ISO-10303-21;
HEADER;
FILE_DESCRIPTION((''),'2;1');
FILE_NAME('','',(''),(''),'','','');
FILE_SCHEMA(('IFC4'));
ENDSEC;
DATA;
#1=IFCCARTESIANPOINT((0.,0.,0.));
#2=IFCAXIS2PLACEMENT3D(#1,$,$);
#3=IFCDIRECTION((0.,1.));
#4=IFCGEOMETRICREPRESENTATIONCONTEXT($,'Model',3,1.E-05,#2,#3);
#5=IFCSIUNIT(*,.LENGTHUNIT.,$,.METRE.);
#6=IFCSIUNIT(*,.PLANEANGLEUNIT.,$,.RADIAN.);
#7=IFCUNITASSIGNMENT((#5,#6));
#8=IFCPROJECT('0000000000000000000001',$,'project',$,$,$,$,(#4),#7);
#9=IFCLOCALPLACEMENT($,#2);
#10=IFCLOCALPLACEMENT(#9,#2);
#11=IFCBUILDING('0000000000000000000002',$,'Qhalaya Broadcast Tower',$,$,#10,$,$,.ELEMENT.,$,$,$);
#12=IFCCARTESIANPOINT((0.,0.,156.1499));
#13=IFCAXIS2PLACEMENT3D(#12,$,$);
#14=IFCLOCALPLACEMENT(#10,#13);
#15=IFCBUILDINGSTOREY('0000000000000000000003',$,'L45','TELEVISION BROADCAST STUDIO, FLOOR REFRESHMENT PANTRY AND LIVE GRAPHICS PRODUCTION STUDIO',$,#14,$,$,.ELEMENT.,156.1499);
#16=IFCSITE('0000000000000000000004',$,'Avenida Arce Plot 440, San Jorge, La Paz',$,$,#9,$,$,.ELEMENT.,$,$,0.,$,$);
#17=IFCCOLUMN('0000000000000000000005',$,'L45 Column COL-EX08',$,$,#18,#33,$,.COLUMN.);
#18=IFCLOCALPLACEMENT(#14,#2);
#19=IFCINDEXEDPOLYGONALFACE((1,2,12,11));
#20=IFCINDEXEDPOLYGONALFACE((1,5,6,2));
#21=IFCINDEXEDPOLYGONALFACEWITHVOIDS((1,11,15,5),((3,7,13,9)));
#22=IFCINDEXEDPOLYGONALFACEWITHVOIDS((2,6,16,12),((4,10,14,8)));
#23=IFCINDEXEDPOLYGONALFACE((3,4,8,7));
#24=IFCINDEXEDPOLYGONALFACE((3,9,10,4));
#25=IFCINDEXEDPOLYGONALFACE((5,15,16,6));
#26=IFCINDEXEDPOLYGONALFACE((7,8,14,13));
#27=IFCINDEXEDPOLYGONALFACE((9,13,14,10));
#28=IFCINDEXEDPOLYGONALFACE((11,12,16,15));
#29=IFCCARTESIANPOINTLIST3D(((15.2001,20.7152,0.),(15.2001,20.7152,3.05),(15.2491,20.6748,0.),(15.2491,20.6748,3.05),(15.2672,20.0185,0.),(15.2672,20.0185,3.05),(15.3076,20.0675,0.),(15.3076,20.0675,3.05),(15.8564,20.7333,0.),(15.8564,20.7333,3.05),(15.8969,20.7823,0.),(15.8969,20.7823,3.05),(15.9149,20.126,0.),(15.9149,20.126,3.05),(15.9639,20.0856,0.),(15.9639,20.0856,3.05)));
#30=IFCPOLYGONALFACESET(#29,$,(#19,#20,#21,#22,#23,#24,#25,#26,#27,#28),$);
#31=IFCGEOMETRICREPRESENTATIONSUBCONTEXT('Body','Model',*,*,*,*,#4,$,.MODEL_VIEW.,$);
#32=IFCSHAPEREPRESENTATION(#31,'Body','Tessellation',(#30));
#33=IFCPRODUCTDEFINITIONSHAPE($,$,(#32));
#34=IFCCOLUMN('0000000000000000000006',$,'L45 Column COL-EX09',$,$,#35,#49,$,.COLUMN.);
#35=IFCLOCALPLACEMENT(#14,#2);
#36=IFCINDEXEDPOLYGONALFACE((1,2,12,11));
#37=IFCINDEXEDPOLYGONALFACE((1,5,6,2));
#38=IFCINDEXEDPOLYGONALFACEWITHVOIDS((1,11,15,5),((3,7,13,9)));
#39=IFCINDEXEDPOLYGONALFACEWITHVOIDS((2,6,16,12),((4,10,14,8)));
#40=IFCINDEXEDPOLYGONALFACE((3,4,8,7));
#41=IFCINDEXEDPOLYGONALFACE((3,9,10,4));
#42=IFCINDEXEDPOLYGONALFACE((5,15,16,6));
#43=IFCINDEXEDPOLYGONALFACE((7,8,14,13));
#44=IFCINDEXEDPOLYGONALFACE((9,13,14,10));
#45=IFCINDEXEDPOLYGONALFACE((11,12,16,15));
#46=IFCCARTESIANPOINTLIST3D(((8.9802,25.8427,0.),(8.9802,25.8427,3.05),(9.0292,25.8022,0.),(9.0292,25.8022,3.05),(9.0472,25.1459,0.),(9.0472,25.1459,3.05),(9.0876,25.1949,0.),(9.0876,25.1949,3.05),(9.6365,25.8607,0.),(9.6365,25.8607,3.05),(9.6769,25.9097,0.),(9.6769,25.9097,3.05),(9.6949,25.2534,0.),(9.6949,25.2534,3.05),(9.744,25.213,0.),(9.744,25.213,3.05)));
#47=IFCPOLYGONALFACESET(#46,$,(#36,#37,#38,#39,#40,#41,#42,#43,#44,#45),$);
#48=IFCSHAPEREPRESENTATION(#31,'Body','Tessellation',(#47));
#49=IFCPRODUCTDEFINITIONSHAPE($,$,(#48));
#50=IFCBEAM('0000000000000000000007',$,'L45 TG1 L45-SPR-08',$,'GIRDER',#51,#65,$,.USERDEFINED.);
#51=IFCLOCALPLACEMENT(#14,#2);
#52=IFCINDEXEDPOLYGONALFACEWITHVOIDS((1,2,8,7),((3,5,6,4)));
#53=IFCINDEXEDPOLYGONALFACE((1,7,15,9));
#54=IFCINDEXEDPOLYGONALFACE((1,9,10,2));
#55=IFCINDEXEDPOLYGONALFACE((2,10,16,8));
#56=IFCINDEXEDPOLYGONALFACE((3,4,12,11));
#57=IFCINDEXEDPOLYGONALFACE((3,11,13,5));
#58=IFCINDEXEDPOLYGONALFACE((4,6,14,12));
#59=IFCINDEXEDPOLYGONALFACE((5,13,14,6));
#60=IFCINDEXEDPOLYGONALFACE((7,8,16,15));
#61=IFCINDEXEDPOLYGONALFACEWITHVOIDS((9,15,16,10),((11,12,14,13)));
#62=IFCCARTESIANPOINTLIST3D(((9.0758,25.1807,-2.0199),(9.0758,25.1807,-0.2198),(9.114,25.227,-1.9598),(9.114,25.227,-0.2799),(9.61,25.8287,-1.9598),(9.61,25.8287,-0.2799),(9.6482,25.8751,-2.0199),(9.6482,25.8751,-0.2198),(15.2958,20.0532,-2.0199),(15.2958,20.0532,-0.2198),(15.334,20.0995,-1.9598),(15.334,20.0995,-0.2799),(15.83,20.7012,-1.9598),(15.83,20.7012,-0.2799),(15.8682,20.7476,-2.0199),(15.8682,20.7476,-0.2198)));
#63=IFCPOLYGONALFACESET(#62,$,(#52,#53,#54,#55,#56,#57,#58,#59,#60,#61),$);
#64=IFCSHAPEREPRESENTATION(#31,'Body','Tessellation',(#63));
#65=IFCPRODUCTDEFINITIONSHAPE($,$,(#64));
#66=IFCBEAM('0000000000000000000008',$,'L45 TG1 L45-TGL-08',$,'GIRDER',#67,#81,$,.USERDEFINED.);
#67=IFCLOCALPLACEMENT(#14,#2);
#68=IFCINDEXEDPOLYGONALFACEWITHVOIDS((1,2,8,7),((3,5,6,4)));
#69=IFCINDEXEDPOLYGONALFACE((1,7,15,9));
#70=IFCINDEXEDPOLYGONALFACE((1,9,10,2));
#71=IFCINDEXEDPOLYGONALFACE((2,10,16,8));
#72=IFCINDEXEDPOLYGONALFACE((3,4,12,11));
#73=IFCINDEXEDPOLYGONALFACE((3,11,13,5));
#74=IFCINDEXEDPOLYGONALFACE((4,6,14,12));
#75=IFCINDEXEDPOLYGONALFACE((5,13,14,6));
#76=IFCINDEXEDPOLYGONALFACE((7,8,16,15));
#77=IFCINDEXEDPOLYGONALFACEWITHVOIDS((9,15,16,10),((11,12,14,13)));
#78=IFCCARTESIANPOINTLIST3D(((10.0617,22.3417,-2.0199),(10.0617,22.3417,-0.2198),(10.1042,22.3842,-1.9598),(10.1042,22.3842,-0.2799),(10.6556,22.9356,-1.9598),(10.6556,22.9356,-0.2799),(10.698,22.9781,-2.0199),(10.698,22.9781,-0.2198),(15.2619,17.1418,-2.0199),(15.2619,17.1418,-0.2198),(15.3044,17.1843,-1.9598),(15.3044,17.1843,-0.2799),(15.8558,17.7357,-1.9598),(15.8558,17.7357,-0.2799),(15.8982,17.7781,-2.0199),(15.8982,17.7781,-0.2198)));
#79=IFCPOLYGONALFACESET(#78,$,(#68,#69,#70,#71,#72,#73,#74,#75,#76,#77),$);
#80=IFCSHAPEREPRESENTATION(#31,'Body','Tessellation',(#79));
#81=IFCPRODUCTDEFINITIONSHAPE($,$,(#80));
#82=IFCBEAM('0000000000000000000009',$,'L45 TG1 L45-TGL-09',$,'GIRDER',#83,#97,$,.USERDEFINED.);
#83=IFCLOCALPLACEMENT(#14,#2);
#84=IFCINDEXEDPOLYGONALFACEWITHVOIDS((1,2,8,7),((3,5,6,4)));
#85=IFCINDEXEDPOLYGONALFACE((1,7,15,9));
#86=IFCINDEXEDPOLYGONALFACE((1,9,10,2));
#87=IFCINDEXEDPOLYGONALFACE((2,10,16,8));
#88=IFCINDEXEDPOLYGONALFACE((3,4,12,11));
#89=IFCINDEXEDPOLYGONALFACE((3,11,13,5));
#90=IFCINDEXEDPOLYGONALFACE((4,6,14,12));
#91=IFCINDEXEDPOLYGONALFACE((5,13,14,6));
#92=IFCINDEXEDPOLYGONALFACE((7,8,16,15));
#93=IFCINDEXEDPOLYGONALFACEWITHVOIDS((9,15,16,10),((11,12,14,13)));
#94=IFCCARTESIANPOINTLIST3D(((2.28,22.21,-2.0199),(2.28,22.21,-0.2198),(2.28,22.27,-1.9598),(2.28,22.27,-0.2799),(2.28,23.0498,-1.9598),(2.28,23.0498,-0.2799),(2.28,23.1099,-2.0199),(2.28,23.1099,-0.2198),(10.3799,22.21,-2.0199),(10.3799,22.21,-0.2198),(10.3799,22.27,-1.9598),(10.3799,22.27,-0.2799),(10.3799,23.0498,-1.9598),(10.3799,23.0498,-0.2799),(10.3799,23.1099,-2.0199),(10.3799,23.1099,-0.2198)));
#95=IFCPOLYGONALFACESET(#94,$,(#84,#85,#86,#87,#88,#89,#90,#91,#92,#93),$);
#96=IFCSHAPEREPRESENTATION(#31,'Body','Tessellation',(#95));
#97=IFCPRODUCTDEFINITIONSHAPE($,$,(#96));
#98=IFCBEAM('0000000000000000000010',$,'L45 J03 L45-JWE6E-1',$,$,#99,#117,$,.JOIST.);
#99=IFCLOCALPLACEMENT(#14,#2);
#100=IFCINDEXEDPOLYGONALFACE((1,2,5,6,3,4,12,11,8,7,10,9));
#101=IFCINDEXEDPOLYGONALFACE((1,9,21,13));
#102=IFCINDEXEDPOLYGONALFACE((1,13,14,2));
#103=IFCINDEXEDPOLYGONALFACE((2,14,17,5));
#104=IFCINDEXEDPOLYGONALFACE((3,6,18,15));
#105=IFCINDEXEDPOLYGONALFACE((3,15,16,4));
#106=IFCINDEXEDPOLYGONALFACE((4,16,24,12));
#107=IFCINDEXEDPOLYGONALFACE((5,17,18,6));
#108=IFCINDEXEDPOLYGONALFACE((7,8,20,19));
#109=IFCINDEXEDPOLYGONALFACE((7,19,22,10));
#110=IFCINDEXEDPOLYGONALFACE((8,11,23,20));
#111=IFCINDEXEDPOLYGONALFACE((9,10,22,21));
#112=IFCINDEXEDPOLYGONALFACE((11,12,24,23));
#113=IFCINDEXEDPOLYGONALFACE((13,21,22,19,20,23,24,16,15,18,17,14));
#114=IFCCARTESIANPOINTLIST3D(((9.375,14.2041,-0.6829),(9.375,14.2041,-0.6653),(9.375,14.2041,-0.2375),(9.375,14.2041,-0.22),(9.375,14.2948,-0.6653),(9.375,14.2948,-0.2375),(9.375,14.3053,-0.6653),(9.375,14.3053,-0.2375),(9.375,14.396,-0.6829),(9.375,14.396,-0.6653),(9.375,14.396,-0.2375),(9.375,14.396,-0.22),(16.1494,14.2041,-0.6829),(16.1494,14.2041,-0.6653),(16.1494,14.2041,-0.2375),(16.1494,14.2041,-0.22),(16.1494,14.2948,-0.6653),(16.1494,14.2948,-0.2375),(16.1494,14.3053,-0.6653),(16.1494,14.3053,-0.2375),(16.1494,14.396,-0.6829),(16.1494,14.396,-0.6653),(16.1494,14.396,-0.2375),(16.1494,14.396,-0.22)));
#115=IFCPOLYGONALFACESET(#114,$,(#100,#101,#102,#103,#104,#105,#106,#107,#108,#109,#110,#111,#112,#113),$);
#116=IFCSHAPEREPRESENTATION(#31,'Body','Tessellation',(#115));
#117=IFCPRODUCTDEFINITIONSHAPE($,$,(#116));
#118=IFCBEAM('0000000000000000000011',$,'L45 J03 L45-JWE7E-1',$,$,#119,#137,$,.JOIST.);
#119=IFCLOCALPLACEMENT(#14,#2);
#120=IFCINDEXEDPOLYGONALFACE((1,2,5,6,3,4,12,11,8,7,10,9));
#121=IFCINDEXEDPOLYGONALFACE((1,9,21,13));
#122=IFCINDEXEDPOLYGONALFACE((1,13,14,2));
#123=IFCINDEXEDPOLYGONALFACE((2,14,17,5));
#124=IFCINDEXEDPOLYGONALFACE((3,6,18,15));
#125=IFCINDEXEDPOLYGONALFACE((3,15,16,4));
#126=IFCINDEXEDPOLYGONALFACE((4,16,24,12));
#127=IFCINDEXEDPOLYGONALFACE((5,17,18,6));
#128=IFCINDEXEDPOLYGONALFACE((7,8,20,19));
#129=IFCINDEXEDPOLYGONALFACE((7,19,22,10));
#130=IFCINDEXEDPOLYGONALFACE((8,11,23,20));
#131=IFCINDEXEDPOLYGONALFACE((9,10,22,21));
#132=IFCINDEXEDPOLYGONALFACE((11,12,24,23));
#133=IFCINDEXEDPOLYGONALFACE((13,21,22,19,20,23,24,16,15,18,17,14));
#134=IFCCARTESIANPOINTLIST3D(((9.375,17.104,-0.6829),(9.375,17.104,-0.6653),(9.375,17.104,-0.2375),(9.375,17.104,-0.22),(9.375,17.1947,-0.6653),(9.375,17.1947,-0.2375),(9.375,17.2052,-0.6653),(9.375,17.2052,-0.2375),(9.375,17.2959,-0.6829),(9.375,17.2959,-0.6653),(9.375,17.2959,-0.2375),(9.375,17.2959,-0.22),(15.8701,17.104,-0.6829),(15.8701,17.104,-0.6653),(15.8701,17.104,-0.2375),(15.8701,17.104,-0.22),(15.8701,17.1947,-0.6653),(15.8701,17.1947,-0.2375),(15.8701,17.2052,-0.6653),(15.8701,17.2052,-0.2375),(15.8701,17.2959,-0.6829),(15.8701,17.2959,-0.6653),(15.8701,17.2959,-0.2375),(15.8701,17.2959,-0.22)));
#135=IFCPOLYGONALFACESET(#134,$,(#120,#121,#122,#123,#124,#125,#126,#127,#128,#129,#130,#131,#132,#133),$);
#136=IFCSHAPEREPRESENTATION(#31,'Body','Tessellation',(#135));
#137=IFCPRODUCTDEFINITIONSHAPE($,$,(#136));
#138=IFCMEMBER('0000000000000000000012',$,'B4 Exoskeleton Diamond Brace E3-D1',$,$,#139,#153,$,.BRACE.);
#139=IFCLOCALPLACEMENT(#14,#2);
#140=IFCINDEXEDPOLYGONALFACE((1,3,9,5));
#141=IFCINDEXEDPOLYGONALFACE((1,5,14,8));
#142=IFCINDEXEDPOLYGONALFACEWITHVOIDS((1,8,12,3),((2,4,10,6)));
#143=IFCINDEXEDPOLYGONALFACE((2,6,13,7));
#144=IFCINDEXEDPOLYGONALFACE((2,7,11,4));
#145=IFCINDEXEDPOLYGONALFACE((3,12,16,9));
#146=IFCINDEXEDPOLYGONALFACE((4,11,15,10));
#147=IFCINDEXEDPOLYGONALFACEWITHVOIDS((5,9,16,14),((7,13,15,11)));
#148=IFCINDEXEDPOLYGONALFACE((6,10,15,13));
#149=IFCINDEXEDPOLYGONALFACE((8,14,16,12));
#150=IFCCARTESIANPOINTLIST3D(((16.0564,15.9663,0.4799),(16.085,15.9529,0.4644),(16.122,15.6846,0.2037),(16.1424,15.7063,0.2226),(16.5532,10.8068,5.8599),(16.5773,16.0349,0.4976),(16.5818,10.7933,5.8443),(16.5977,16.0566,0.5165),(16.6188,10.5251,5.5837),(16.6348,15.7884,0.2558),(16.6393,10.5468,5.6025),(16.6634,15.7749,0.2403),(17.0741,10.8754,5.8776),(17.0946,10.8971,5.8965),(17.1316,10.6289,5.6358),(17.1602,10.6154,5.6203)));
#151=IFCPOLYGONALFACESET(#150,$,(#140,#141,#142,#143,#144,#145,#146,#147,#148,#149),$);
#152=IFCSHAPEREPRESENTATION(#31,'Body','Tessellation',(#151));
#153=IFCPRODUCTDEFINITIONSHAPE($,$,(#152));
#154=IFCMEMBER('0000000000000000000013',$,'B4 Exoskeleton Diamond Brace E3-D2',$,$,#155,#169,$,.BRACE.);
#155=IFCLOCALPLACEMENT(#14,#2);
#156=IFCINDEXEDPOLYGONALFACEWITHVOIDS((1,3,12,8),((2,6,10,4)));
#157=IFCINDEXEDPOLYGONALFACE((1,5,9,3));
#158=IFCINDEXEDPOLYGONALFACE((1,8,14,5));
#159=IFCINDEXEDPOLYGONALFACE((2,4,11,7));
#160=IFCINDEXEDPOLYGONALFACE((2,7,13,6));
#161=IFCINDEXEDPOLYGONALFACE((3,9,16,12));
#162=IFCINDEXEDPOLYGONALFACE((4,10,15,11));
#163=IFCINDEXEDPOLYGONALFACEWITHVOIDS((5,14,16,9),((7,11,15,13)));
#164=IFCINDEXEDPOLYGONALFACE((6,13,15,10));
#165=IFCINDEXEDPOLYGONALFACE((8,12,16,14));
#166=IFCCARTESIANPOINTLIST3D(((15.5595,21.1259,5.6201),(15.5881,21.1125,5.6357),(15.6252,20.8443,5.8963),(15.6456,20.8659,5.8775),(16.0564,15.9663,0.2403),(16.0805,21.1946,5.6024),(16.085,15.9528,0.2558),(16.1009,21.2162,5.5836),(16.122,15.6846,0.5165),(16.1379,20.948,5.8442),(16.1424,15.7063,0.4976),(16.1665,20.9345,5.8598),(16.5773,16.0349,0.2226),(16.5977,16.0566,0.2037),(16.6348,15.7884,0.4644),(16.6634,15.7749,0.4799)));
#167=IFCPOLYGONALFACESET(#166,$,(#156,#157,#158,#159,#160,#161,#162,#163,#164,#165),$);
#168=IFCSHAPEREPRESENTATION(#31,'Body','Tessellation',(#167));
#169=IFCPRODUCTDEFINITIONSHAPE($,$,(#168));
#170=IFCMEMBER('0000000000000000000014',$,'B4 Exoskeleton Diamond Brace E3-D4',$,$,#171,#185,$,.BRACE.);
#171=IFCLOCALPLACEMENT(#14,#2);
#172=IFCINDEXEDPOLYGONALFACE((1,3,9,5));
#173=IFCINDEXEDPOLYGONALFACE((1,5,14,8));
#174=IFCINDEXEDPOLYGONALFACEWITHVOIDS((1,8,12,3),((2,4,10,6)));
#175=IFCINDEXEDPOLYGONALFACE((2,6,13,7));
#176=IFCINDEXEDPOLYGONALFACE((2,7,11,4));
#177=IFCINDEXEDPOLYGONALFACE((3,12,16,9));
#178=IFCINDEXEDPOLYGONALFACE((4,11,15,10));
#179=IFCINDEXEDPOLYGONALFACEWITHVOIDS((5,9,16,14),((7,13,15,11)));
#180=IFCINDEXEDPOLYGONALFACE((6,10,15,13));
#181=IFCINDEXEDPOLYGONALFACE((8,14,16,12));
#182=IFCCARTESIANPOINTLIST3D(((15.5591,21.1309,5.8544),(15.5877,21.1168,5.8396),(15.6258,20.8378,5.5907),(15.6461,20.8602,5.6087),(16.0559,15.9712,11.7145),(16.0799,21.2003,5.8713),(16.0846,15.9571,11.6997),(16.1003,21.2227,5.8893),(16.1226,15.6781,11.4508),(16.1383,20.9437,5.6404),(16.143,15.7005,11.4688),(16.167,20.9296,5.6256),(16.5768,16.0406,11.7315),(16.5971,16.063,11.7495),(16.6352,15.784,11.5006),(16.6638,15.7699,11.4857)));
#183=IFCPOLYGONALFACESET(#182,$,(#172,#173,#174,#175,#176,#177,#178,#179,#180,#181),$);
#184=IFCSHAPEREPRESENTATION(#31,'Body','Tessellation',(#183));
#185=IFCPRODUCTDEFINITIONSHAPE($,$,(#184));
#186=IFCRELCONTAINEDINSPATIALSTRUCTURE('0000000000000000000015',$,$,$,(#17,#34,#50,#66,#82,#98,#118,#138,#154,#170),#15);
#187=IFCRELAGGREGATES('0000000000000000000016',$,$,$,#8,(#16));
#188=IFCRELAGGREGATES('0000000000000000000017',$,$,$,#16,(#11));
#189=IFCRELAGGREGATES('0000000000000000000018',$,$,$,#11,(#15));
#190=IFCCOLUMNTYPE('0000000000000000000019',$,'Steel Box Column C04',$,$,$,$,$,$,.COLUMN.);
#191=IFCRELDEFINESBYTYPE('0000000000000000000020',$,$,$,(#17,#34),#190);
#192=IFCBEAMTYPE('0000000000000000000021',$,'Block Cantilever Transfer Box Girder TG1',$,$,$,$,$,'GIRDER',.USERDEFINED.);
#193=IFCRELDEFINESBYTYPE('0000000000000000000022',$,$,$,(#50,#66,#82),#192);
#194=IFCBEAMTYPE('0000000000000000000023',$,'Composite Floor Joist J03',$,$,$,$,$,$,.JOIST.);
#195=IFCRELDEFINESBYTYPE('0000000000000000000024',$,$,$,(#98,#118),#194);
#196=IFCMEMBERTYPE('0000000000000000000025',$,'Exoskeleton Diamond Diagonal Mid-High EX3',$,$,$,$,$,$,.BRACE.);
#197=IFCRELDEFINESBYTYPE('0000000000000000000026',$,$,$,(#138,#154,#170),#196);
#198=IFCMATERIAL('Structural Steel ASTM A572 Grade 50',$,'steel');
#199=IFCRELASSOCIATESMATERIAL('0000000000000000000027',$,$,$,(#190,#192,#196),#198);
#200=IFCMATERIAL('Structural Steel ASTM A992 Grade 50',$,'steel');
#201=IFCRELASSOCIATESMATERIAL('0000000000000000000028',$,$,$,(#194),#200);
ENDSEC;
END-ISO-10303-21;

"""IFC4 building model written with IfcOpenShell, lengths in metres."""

from ifc_helpers import new_model, si_unit, direction, frame, origin, origin_2d, place, context, subcontext, project, spatial, hollow_rectangle, i_section, extrude, material, material_profile, profile_set, type_object, element, save


model = new_model("IFC4")

# Units and contexts
model_context = context("Model", 3, precision=1e-05, world=origin(), true_north=direction((0.0, 1.0)))
body_context = subcontext(model_context, "Body", "Model", "MODEL_VIEW")
ifc_project = project(units=[si_unit("LENGTHUNIT", "METRE"), si_unit("PLANEANGLEUNIT", "RADIAN")], contexts=[model_context])

# Site, building, storey
site_placement = place(None, origin())
site = spatial("IfcSite", under=ifc_project, at=site_placement, Name="Avenida Arce Plot 440, San Jorge, La Paz", CompositionType="ELEMENT", RefElevation=0.0)
building_placement = place(site_placement, origin())
building = spatial("IfcBuilding", under=site, at=building_placement, Name="Qhalaya Broadcast Tower", CompositionType="ELEMENT")
storey_placement = place(building_placement, frame((0.0, 0.0, 156.1499)))
storey = spatial("IfcBuildingStorey", under=building, at=storey_placement, Name="L45", Description="TELEVISION BROADCAST STUDIO, FLOOR REFRESHMENT PANTRY AND LIVE GRAPHICS PRODUCTION STUDIO", CompositionType="ELEMENT", Elevation=156.1499)

# Columns
ifc_material_1 = material(Name="Structural Steel ASTM A572 Grade 50", Category="steel")
ifc_material_profile_1 = material_profile(ifc_material_1, hollow_rectangle(XDim=0.7, YDim=0.7, WallThickness=0.0449, at=origin_2d()), Name="BOX 700x700x45")
ifc_profile_set_1 = profile_set([ifc_material_profile_1], Name="Structural Steel ASTM A572 Grade 50")
column_type = type_object("IfcColumnType", Name="Steel Box Column C04", PredefinedType="COLUMN", material=ifc_profile_set_1)
for number, where, z_axis, x_axis, name in (
    (1, (15.582, 20.4004, 0.0), (0.0, 0.0, 1.0), (-0.095846, 0.995396, 0.0), "L45 Column COL-EX08"),
    (2, (9.3621, 25.5278, 0.0), (0.0, 0.0, 1.0), (0.995396, 0.095846, 0.0), "L45 Column COL-EX09"),
):
    element("IfcColumn", number, at=place(storey_placement, frame(where, z_axis=z_axis, x_axis=x_axis)), inside=storey, type_object=column_type, Name=name, PredefinedType="COLUMN", context=body_context, shape_type="SweptSolid", body=[
        extrude(hollow_rectangle(XDim=0.7, YDim=0.7, WallThickness=0.0449, at=origin_2d()), origin(), (0.0, 0.0, 1.0), 3.05),
    ])

# Beams
ifc_material_profile_2 = material_profile(ifc_material_1, hollow_rectangle(XDim=0.8999, YDim=1.8, WallThickness=0.0601, at=origin_2d()), Name="BOX 900x1800x60")
ifc_profile_set_2 = profile_set([ifc_material_profile_2], Name="Structural Steel ASTM A572 Grade 50")
beam_type_1 = type_object("IfcBeamType", Name="Block Cantilever Transfer Box Girder TG1", ElementType="GIRDER", PredefinedType="USERDEFINED", material=ifc_profile_set_2)
beam_1_placement = place(storey_placement, frame((15.582, 20.4004, -1.1199), z_axis=(-0.771619, 0.636085, 0.0), x_axis=(-0.636085, -0.771619, 0.0)))
element("IfcBeam", 3, at=beam_1_placement, inside=storey, type_object=beam_type_1, Name="L45 TG1 L45-SPR-08", ObjectType="GIRDER", PredefinedType="USERDEFINED", context=body_context, shape_type="SweptSolid", body=[
    extrude(hollow_rectangle(XDim=0.8999, YDim=1.8, WallThickness=0.0601, at=origin_2d()), origin(), (0.0, 0.0, 1.0), 8.061),
])
beam_2_placement = place(storey_placement, frame((15.5801, 17.46, -1.1199), z_axis=(-0.707123, 0.70709, 0.0), x_axis=(-0.70709, -0.707123, 0.0)))
element("IfcBeam", 4, at=beam_2_placement, inside=storey, type_object=beam_type_1, Name="L45 TG1 L45-TGL-08", ObjectType="GIRDER", PredefinedType="USERDEFINED", context=body_context, shape_type="SweptSolid", body=[
    extrude(hollow_rectangle(XDim=0.8999, YDim=1.8, WallThickness=0.0601, at=origin_2d()), origin(), (0.0, 0.0, 1.0), 7.354),
])
beam_3_placement = place(storey_placement, frame((10.3799, 22.6599, -1.1199), z_axis=(-1.0, 0.0, 0.0), x_axis=(0.0, -1.0, 0.0)))
element("IfcBeam", 5, at=beam_3_placement, inside=storey, type_object=beam_type_1, Name="L45 TG1 L45-TGL-09", ObjectType="GIRDER", PredefinedType="USERDEFINED", context=body_context, shape_type="SweptSolid", body=[
    extrude(hollow_rectangle(XDim=0.8999, YDim=1.8, WallThickness=0.0601, at=origin_2d()), origin(), (0.0, 0.0, 1.0), 8.0999),
])
ifc_material_2 = material(Name="Structural Steel ASTM A992 Grade 50", Category="steel")
ifc_material_profile_3 = material_profile(ifc_material_2, i_section(OverallWidth=0.1919, OverallDepth=0.4629, WebThickness=0.0105, FlangeThickness=0.0176, at=origin_2d()), Name="W18X60")
ifc_profile_set_3 = profile_set([ifc_material_profile_3], Name="Structural Steel ASTM A992 Grade 50")
beam_type_2 = type_object("IfcBeamType", Name="Composite Floor Joist J03", PredefinedType="JOIST", material=ifc_profile_set_3)
beam_4_placement = place(storey_placement, frame((9.375, 14.3, -0.4514), z_axis=(1.0, 0.0, 0.0), x_axis=(0.0, 1.0, 0.0)))
element("IfcBeam", 6, at=beam_4_placement, inside=storey, type_object=beam_type_2, Name="L45 J03 L45-JWE6E-1", PredefinedType="JOIST", context=body_context, shape_type="SweptSolid", body=[
    extrude(i_section(OverallWidth=0.1919, OverallDepth=0.4629, WebThickness=0.0105, FlangeThickness=0.0176, at=origin_2d()), origin(), (0.0, 0.0, 1.0), 6.7744),
])
beam_5_placement = place(storey_placement, frame((9.375, 17.2, -0.4514), z_axis=(1.0, 0.0, 0.0), x_axis=(0.0, 1.0, 0.0)))
element("IfcBeam", 7, at=beam_5_placement, inside=storey, type_object=beam_type_2, Name="L45 J03 L45-JWE7E-1", PredefinedType="JOIST", context=body_context, shape_type="SweptSolid", body=[
    extrude(i_section(OverallWidth=0.1919, OverallDepth=0.4629, WebThickness=0.0105, FlangeThickness=0.0176, at=origin_2d()), origin(), (0.0, 0.0, 1.0), 6.4951),
])

# Members
ifc_material_profile_4 = material_profile(ifc_material_1, hollow_rectangle(XDim=0.3999, YDim=0.55, WallThickness=0.0249, at=origin_2d()), Name="BOX 400x550x25")
ifc_profile_set_4 = profile_set([ifc_material_profile_4], Name="Structural Steel ASTM A572 Grade 50")
member_type_1 = type_object("IfcMemberType", Name="Exoskeleton Diamond Diagonal Mid-High EX3", PredefinedType="BRACE", material=ifc_profile_set_4)
for number, where, z_axis, x_axis, name in (
    (8, (16.3599, 15.8706, 0.3601), (0.066504, -0.690632, 0.720142), (-0.164113, 0.704339, 0.690632), "B4 Exoskeleton Diamond Brace E3-D1"),
    (9, (16.3599, 15.8706, 0.3601), (-0.066503, 0.690649, 0.720126), (0.164109, -0.704324, 0.690649), "B4 Exoskeleton Diamond Brace E3-D2"),
):
    element("IfcMember", number, at=place(storey_placement, frame(where, z_axis=z_axis, x_axis=x_axis)), inside=storey, type_object=member_type_1, Name=name, PredefinedType="BRACE", context=body_context, shape_type="SweptSolid", body=[
        extrude(hollow_rectangle(XDim=0.3999, YDim=0.55, WallThickness=0.0249, at=origin_2d()), origin(), (0.0, 0.0, 1.0), 7.4707),
    ])
member_1_placement = place(storey_placement, frame((15.863, 21.0303, 5.74), z_axis=(0.063503, -0.659494, 0.749022), x_axis=(-0.166866, 0.732955, 0.659494)))
element("IfcMember", 10, at=member_1_placement, inside=storey, type_object=member_type_1, Name="B4 Exoskeleton Diamond Brace E3-D4", PredefinedType="BRACE", context=body_context, shape_type="SweptSolid", body=[
    extrude(hollow_rectangle(XDim=0.3999, YDim=0.55, WallThickness=0.0249, at=origin_2d()), origin(), (0.0, 0.0, 1.0), 7.8237),
])

save(model, "model.ifc")
